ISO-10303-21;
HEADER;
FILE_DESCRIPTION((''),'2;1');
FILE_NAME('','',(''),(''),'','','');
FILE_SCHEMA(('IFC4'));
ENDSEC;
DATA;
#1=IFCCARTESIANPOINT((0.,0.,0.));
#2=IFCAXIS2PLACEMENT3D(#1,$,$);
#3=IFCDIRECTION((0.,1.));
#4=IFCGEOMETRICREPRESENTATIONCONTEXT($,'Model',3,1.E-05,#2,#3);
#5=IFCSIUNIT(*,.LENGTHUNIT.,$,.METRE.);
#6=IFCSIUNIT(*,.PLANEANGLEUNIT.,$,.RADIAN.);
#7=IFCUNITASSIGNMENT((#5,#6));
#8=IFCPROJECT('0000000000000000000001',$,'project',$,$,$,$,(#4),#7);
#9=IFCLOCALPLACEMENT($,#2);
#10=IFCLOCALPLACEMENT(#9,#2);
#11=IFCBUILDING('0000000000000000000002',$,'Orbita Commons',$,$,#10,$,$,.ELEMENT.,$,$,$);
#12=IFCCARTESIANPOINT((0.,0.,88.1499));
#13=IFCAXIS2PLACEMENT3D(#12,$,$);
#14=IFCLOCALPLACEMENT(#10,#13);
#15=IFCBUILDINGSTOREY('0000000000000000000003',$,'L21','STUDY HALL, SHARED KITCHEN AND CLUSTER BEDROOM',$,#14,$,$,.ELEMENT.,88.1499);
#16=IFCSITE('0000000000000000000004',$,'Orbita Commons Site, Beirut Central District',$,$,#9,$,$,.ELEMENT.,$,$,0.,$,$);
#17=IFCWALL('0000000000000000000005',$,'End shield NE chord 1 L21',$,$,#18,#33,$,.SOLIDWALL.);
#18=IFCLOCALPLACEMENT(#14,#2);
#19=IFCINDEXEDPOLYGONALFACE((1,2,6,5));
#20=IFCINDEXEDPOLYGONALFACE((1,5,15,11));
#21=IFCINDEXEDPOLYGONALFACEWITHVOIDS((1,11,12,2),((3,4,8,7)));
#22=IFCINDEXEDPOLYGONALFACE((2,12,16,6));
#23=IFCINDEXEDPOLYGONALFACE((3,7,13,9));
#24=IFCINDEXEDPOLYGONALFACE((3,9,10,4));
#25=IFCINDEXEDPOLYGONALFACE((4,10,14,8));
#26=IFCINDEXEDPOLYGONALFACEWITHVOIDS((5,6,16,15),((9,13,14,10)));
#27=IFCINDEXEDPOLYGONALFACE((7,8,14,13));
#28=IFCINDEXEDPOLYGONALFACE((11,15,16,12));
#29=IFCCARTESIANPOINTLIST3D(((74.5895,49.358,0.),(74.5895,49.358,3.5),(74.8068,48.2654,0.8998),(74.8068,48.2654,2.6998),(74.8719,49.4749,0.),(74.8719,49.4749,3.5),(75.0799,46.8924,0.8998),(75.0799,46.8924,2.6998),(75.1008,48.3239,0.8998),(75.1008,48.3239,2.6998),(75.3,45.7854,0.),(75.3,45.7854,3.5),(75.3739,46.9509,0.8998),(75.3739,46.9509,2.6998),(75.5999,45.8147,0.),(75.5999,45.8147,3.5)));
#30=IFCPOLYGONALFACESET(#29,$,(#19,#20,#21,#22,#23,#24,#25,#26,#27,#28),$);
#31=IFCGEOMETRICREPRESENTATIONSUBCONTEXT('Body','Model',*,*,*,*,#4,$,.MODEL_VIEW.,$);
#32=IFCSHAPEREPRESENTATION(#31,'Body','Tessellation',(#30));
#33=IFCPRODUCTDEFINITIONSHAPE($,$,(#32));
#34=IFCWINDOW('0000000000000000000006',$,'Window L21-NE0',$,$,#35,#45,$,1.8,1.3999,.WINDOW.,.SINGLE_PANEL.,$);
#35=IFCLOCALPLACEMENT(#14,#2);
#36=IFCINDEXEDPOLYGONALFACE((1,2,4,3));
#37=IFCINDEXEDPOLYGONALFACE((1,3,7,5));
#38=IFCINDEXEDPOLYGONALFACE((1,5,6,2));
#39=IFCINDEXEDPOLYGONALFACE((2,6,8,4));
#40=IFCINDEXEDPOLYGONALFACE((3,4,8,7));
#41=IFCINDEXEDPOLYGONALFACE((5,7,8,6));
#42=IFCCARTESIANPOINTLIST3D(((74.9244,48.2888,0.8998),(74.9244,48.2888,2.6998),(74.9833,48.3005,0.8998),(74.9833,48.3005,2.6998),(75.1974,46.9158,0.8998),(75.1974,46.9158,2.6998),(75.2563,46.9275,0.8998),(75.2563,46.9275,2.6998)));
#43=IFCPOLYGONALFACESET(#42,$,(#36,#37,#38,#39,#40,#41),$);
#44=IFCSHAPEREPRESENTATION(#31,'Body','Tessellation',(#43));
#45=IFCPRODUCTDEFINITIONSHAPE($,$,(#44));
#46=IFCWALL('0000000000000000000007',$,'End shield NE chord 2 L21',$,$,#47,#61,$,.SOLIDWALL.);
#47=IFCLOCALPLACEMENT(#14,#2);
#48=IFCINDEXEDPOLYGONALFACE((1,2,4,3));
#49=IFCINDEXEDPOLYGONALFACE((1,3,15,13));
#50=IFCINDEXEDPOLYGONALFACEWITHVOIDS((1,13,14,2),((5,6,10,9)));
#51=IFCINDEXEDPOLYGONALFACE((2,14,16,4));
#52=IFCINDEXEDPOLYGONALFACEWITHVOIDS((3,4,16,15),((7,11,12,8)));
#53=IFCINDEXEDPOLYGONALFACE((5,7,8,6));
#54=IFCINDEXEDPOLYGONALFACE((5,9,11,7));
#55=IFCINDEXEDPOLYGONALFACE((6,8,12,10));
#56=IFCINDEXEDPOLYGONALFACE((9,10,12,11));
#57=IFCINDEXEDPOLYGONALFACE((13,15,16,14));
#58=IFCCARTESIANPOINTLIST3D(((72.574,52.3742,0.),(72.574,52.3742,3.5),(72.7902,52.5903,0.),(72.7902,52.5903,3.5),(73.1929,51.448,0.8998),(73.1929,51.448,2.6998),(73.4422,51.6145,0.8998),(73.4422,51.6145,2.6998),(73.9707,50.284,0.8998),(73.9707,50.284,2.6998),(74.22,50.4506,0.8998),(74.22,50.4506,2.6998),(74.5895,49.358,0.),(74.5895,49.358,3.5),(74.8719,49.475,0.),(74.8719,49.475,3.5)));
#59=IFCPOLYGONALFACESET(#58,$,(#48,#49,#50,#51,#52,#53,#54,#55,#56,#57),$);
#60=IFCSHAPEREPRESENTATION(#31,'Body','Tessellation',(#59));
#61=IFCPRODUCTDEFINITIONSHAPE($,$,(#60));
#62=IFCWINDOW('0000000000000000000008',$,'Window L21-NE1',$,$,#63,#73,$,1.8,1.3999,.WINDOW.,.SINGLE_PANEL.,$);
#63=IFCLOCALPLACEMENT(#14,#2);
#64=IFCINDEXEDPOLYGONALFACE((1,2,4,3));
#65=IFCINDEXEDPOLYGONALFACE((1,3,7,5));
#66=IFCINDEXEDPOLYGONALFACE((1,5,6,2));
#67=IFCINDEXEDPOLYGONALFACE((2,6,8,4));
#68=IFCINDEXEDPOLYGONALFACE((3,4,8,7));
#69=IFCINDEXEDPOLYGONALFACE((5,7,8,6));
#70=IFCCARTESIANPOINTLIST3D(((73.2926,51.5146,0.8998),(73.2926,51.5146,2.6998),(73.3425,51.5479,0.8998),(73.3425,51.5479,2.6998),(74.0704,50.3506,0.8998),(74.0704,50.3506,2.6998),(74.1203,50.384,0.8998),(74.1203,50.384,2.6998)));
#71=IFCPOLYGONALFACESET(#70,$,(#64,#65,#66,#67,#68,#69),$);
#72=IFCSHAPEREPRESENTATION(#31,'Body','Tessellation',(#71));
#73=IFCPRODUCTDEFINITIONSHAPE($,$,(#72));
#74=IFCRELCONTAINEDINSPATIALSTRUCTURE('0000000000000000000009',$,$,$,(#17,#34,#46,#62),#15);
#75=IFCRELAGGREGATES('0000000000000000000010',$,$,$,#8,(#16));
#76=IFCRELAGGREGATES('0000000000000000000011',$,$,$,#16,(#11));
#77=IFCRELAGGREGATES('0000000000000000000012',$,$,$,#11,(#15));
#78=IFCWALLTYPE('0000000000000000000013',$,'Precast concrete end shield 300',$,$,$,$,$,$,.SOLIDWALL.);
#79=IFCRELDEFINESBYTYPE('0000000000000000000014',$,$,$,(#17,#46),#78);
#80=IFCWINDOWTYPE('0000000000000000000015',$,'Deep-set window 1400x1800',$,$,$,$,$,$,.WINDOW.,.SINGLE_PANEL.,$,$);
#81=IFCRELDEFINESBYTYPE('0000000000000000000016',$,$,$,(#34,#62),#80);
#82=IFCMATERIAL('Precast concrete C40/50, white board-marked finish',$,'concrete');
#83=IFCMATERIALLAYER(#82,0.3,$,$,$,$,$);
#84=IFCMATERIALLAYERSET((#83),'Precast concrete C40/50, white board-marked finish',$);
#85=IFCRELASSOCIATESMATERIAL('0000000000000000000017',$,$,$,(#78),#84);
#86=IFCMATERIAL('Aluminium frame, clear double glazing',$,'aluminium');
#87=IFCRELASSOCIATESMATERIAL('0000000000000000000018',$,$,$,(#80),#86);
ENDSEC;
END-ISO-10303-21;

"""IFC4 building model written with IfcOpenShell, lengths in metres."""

from ifc_helpers import new_model, si_unit, direction, frame, frame_2d, origin, place, context, subcontext, project, spatial, polyline, rectangle, outline, extrude, material, layer, layer_set, type_object, element, fill, save


model = new_model("IFC4")

# Units and contexts
model_context = context("Model", 3, precision=1e-05, world=origin(), true_north=direction((0.0, 1.0)))
body_context = subcontext(model_context, "Body", "Model", "MODEL_VIEW")
ifc_project = project(units=[si_unit("LENGTHUNIT", "METRE"), si_unit("PLANEANGLEUNIT", "RADIAN")], contexts=[model_context])

# Site, building, storey
site_placement = place(None, origin())
site = spatial("IfcSite", under=ifc_project, at=site_placement, Name="Orbita Commons Site, Beirut Central District", CompositionType="ELEMENT", RefElevation=0.0)
building_placement = place(site_placement, origin())
building = spatial("IfcBuilding", under=site, at=building_placement, Name="Orbita Commons", CompositionType="ELEMENT")
storey_placement = place(building_placement, frame((0.0, 0.0, 88.1499)))
storey = spatial("IfcBuildingStorey", under=building, at=storey_placement, Name="L21", Description="STUDY HALL, SHARED KITCHEN AND CLUSTER BEDROOM", CompositionType="ELEMENT", Elevation=88.1499)

# Walls, openings, windows
ifc_material_1 = material(Name="Precast concrete C40/50, white board-marked finish", Category="concrete")
ifc_layer_1 = layer(ifc_material_1, 0.3)
ifc_layer_set_1 = layer_set([ifc_layer_1], Name="Precast concrete C40/50, white board-marked finish")
wall_type_1 = type_object("IfcWallType", Name="Precast concrete end shield 300", PredefinedType="SOLIDWALL", material=ifc_layer_set_1)
wall_1_placement = place(storey_placement, frame((75.45, 45.8, 0.0), z_axis=(0.0, 0.0, 1.0), x_axis=(-0.195059, 0.980791, 0.0)))
wall_1 = element("IfcWall", 1, at=wall_1_placement, inside=storey, type_object=wall_type_1, Name="End shield NE chord 1 L21", PredefinedType="SOLIDWALL", context=body_context, shape_type="SweptSolid", body=[
    extrude(outline(polyline([(-0.0149, -0.1499), (3.717, -0.1499), (3.6575, 0.1499), (0.0149, 0.1499), (-0.0149, -0.1499)])), origin(), (0.0, 0.0, 1.0), 3.5),
])
opening_1_placement = place(wall_1_placement, frame((1.1436, 0.0, 0.8999)))
opening_1 = element("IfcOpeningElement", 2, at=opening_1_placement, cuts=wall_1, PredefinedType="OPENING", context=body_context, shape_type="SweptSolid", body=[
    extrude(rectangle(XDim=1.3999, YDim=1.8, at=frame_2d((0.7, 0.8999))), frame((0.0, 0.1599, 0.0), z_axis=(0.0, -1.0, 0.0), x_axis=(1.0, 0.0, 0.0)), (0.0, 0.0, 1.0), 0.3201),
])
ifc_material_2 = material(Name="Aluminium frame, clear double glazing", Category="aluminium")
window_type = type_object("IfcWindowType", Name="Deep-set window 1400x1800", PartitioningType="SINGLE_PANEL", PredefinedType="WINDOW", material=ifc_material_2)
window_1_placement = place(opening_1_placement, origin())
window_1 = element("IfcWindow", 3, at=window_1_placement, inside=storey, type_object=window_type, Name="Window L21-NE0", OverallHeight=1.8, OverallWidth=1.3999, PartitioningType="SINGLE_PANEL", PredefinedType="WINDOW", context=body_context, shape_type="SweptSolid", body=[
    extrude(rectangle(XDim=1.3999, YDim=1.8, at=frame_2d((0.7, 0.8999))), frame((0.0, 0.03, 0.0), z_axis=(0.0, -1.0, 0.0), x_axis=(1.0, 0.0, 0.0)), (0.0, 0.0, 1.0), 0.0601),
])
fill(opening_1, window_1)
wall_2_placement = place(storey_placement, frame((74.7307, 49.4165, 0.0), z_axis=(0.0, 0.0, 1.0), x_axis=(-0.555601, 0.831449, 0.0)))
wall_2 = element("IfcWall", 4, at=wall_2_placement, inside=storey, type_object=wall_type_1, Name="End shield NE chord 2 L21", PredefinedType="SOLIDWALL", context=body_context, shape_type="SweptSolid", body=[
    extrude(outline(polyline([(-0.0298, -0.1499), (3.717, -0.1499), (3.6575, 0.1499), (0.0298, 0.1499), (-0.0298, -0.1499)])), origin(), (0.0, 0.0, 1.0), 3.5),
])
opening_2_placement = place(wall_2_placement, frame((1.1436, 0.0, 0.8999)))
opening_2 = element("IfcOpeningElement", 5, at=opening_2_placement, cuts=wall_2, PredefinedType="OPENING", context=body_context, shape_type="SweptSolid", body=[
    extrude(rectangle(XDim=1.3999, YDim=1.8, at=frame_2d((0.7, 0.8999))), frame((0.0, 0.1599, 0.0), z_axis=(0.0, -1.0, 0.0), x_axis=(1.0, 0.0, 0.0)), (0.0, 0.0, 1.0), 0.3201),
])
window_2_placement = place(opening_2_placement, origin())
window_2 = element("IfcWindow", 6, at=window_2_placement, inside=storey, type_object=window_type, Name="Window L21-NE1", OverallHeight=1.8, OverallWidth=1.3999, PartitioningType="SINGLE_PANEL", PredefinedType="WINDOW", context=body_context, shape_type="SweptSolid", body=[
    extrude(rectangle(XDim=1.3999, YDim=1.8, at=frame_2d((0.7, 0.8999))), frame((0.0, 0.03, 0.0), z_axis=(0.0, -1.0, 0.0), x_axis=(1.0, 0.0, 0.0)), (0.0, 0.0, 1.0), 0.0601),
])
fill(opening_2, window_2)

save(model, "model.ifc")
